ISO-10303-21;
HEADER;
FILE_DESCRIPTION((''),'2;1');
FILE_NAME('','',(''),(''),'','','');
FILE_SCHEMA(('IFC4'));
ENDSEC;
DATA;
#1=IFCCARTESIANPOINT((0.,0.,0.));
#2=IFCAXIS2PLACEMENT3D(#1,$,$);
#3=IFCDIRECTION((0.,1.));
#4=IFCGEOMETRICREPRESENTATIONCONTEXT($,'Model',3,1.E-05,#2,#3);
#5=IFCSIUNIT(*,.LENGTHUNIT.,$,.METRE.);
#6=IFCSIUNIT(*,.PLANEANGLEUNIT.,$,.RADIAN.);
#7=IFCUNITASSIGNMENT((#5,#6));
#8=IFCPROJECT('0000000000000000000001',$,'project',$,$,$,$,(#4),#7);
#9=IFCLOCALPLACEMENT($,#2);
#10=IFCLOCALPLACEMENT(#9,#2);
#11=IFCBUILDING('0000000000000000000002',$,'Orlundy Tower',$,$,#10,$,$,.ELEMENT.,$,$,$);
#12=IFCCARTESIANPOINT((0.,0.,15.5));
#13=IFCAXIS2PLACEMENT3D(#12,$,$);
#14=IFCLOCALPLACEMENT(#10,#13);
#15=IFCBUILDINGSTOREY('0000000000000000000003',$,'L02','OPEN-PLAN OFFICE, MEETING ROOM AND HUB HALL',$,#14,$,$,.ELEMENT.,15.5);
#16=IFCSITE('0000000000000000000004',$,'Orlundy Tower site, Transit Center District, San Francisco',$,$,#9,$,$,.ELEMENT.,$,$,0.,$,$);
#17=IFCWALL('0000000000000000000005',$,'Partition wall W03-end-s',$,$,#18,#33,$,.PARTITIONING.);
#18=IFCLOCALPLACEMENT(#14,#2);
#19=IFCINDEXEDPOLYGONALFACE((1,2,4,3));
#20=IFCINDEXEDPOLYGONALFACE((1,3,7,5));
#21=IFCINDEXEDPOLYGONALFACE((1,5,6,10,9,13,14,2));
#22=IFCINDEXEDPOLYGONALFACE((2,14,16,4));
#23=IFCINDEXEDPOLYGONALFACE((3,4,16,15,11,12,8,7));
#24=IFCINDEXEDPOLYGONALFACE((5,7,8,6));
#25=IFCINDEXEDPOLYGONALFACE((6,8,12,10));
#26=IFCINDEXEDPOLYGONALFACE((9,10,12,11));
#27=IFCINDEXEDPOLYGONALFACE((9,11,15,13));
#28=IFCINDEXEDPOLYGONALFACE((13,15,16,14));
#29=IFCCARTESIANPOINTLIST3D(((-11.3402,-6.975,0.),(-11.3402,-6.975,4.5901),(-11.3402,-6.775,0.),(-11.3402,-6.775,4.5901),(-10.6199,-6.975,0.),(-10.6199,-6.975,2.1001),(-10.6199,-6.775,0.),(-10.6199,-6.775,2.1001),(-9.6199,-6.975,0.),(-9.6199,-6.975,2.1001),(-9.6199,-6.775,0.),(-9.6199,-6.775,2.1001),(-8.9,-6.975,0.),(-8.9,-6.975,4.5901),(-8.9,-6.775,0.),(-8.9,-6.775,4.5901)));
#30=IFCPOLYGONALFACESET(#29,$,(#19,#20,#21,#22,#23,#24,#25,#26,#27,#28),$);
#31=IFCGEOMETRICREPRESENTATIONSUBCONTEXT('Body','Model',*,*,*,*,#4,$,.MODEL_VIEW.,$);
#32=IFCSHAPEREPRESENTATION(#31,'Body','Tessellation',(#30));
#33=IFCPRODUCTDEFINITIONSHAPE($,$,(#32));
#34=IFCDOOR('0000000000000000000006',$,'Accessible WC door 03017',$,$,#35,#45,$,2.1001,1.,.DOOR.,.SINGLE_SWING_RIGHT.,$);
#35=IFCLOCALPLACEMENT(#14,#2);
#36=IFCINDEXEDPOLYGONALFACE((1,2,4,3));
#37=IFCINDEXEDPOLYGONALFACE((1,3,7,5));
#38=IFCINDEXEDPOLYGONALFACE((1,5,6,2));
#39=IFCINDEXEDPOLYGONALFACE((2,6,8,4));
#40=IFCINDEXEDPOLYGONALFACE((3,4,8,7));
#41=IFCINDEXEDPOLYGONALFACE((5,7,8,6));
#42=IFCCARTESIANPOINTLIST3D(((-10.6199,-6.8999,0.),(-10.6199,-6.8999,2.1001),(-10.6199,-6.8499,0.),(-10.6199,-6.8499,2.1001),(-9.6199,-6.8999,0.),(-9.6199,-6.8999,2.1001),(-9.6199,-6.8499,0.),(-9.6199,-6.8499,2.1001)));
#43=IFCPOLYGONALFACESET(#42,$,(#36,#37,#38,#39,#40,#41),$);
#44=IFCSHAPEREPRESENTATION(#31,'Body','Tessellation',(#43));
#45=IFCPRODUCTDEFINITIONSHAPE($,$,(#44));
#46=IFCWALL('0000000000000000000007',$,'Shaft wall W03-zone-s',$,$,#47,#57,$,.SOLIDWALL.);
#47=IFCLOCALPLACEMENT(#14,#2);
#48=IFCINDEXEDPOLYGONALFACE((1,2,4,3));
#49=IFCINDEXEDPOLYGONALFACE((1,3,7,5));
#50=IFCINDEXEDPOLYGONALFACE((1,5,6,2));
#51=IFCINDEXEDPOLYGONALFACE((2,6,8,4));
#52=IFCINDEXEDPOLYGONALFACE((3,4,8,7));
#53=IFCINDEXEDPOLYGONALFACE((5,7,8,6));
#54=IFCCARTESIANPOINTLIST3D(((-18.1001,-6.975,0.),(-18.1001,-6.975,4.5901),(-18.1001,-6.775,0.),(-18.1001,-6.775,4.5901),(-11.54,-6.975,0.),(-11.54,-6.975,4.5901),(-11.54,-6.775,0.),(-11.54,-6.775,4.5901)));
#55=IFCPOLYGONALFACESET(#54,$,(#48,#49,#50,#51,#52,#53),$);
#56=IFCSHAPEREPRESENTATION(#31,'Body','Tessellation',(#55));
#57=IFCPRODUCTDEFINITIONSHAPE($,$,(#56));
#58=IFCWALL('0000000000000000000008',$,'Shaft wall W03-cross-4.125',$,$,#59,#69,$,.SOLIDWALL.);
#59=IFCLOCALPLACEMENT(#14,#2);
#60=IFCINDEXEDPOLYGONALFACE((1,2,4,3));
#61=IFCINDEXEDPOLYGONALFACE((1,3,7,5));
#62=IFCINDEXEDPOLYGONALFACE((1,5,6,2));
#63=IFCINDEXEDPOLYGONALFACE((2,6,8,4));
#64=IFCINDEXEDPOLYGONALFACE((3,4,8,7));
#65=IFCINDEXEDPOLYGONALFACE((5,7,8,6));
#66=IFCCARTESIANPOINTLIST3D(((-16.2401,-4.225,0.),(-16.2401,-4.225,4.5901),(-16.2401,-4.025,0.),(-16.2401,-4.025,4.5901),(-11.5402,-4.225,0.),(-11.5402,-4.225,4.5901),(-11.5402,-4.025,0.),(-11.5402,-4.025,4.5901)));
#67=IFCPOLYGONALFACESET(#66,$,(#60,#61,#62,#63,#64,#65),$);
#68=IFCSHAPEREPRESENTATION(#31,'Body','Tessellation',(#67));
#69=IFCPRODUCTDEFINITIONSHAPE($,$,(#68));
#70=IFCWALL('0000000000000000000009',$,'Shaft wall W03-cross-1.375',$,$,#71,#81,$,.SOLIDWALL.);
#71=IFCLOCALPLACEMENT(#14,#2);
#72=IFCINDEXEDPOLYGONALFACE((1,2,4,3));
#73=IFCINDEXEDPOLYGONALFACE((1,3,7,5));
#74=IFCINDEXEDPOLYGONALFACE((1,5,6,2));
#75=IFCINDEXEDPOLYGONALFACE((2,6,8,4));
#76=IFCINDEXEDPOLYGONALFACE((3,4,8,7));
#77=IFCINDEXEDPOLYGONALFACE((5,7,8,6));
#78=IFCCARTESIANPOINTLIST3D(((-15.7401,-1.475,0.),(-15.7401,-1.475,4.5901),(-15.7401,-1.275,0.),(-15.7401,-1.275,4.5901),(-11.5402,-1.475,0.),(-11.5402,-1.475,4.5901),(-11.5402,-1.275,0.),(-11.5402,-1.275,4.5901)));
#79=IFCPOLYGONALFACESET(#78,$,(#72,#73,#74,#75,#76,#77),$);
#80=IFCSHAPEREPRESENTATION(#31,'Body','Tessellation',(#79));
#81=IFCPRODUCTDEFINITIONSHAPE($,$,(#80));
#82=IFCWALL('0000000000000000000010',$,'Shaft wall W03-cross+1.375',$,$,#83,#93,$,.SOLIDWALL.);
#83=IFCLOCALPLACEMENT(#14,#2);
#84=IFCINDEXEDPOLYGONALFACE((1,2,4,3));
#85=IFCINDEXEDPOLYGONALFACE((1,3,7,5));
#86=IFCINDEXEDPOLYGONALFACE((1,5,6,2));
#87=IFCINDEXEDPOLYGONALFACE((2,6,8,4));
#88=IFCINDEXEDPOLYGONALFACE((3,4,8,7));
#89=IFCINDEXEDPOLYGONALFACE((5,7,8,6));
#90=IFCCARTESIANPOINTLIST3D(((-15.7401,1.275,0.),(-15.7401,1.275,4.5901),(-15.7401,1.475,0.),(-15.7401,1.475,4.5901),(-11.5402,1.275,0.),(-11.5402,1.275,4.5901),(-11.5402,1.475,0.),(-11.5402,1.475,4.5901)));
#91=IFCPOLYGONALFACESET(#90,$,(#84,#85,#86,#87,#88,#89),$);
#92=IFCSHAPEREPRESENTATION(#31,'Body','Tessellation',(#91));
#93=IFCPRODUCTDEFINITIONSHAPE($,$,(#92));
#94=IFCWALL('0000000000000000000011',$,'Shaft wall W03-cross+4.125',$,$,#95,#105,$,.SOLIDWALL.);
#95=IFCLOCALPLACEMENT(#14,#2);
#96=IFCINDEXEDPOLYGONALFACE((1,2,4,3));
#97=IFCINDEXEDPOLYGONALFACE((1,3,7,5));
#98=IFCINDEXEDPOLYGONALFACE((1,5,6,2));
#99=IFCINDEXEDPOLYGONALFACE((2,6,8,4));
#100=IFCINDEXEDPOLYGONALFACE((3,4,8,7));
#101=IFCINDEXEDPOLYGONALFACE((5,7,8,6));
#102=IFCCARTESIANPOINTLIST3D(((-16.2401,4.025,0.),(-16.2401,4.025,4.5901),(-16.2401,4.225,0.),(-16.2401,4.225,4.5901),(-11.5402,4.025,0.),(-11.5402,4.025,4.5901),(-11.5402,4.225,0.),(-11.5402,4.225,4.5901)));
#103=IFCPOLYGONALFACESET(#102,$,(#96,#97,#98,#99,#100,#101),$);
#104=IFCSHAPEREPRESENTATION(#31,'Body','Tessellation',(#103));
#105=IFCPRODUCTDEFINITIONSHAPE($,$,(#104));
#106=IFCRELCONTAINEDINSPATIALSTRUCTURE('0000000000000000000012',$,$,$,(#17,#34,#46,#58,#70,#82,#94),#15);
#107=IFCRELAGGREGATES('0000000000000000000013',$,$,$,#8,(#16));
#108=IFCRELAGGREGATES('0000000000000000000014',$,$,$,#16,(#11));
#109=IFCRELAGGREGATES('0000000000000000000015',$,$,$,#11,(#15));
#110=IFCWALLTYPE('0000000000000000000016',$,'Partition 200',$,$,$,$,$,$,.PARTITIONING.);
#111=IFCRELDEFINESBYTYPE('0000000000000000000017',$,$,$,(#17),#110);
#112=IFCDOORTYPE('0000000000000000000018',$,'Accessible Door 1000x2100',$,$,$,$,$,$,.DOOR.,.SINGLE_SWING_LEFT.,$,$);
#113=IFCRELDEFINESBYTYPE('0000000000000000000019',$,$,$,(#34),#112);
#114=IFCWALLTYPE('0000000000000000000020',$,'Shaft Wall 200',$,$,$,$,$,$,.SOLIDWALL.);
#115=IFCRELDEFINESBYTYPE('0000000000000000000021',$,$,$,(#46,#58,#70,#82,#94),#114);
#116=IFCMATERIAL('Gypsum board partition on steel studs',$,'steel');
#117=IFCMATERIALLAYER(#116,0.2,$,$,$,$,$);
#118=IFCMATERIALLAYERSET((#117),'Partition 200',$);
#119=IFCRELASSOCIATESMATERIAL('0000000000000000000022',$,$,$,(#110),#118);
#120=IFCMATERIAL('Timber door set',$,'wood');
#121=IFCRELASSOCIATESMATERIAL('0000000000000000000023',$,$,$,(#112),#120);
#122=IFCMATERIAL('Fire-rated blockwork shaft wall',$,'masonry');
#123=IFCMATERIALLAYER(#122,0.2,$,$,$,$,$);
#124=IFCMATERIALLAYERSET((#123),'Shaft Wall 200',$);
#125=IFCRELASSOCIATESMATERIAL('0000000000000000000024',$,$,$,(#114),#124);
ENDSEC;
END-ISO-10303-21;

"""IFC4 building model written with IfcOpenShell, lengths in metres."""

from ifc_helpers import new_model, si_unit, direction, frame, frame_2d, origin, place, context, subcontext, project, spatial, rectangle, extrude, material, layer, layer_set, type_object, element, fill, save


model = new_model("IFC4")

# Units and contexts
model_context = context("Model", 3, precision=1e-05, world=origin(), true_north=direction((0.0, 1.0)))
body_context = subcontext(model_context, "Body", "Model", "MODEL_VIEW")
ifc_project = project(units=[si_unit("LENGTHUNIT", "METRE"), si_unit("PLANEANGLEUNIT", "RADIAN")], contexts=[model_context])

# Site, building, storey
site_placement = place(None, origin())
site = spatial("IfcSite", under=ifc_project, at=site_placement, Name="Orlundy Tower site, Transit Center District, San Francisco", CompositionType="ELEMENT", RefElevation=0.0)
building_placement = place(site_placement, origin())
building = spatial("IfcBuilding", under=site, at=building_placement, Name="Orlundy Tower", CompositionType="ELEMENT")
storey_placement = place(building_placement, frame((0.0, 0.0, 15.5)))
storey = spatial("IfcBuildingStorey", under=building, at=storey_placement, Name="L02", Description="OPEN-PLAN OFFICE, MEETING ROOM AND HUB HALL", CompositionType="ELEMENT", Elevation=15.5)

# Wall, opening, door
ifc_material_1 = material(Name="Gypsum board partition on steel studs", Category="steel")
ifc_layer_1 = layer(ifc_material_1, 0.2)
ifc_layer_set_1 = layer_set([ifc_layer_1], Name="Partition 200")
wall_type_1 = type_object("IfcWallType", Name="Partition 200", PredefinedType="PARTITIONING", material=ifc_layer_set_1)
wall_1_placement = place(storey_placement, frame((-8.8999, -6.875, 0.0), z_axis=(0.0, 0.0, 1.0), x_axis=(-1.0, 0.0, 0.0)))
wall_1 = element("IfcWall", 1, at=wall_1_placement, inside=storey, type_object=wall_type_1, Name="Partition wall W03-end-s", PredefinedType="PARTITIONING", context=body_context, shape_type="SweptSolid", body=[
    extrude(rectangle(XDim=2.4402, YDim=0.2, at=frame_2d((1.2202, 0.0))), origin(), (0.0, 0.0, 1.0), 4.5901),
])
opening_1_placement = place(wall_1_placement, frame((0.72, 0.0, 0.0)))
opening_1 = element("IfcOpeningElement", 2, at=opening_1_placement, cuts=wall_1, PredefinedType="OPENING", context=body_context, shape_type="SweptSolid", body=[
    extrude(rectangle(XDim=1.0, YDim=2.1001, at=frame_2d((0.5, 1.05))), frame((0.0, 0.1101, 0.0), z_axis=(0.0, -1.0, 0.0), x_axis=(1.0, 0.0, 0.0)), (0.0, 0.0, 1.0), 0.2202),
])
ifc_material_2 = material(Name="Timber door set", Category="wood")
door_type_1 = type_object("IfcDoorType", Name="Accessible Door 1000x2100", OperationType="SINGLE_SWING_LEFT", PredefinedType="DOOR", material=ifc_material_2)
door_1_placement = place(opening_1_placement, origin())
door_1 = element("IfcDoor", 3, at=door_1_placement, inside=storey, type_object=door_type_1, Name="Accessible WC door 03017", OperationType="SINGLE_SWING_RIGHT", OverallHeight=2.1001, OverallWidth=1.0, PredefinedType="DOOR", context=body_context, shape_type="SweptSolid", body=[
    extrude(rectangle(XDim=1.0, YDim=2.1001, at=frame_2d((0.5, 1.05))), frame((0.0, 0.0249, 0.0), z_axis=(0.0, -1.0, 0.0), x_axis=(1.0, 0.0, 0.0)), (0.0, 0.0, 1.0), 0.05),
])
fill(opening_1, door_1)

# Walls
ifc_material_3 = material(Name="Fire-rated blockwork shaft wall", Category="masonry")
ifc_layer_2 = layer(ifc_material_3, 0.2)
ifc_layer_set_2 = layer_set([ifc_layer_2], Name="Shaft Wall 200")
wall_type_2 = type_object("IfcWallType", Name="Shaft Wall 200", PredefinedType="SOLIDWALL", material=ifc_layer_set_2)
wall_2_placement = place(storey_placement, frame((-11.54, -6.875, 0.0), z_axis=(0.0, 0.0, 1.0), x_axis=(-1.0, 0.0, 0.0)))
element("IfcWall", 4, at=wall_2_placement, inside=storey, type_object=wall_type_2, Name="Shaft wall W03-zone-s", PredefinedType="SOLIDWALL", context=body_context, shape_type="SweptSolid", body=[
    extrude(rectangle(XDim=6.5601, YDim=0.2, at=frame_2d((3.28, 0.0))), origin(), (0.0, 0.0, 1.0), 4.5901),
])
wall_3_placement = place(storey_placement, frame((-11.54, -4.125, 0.0), z_axis=(0.0, 0.0, 1.0), x_axis=(-1.0, 0.0, 0.0)))
element("IfcWall", 5, at=wall_3_placement, inside=storey, type_object=wall_type_2, Name="Shaft wall W03-cross-4.125", PredefinedType="SOLIDWALL", context=body_context, shape_type="SweptSolid", body=[
    extrude(rectangle(XDim=4.7, YDim=0.2, at=frame_2d((2.3501, 0.0))), origin(), (0.0, 0.0, 1.0), 4.5901),
])
for number, where, z_axis, x_axis, name in (
    (6, (-11.54, -1.375, 0.0), (0.0, 0.0, 1.0), (-1.0, 0.0, 0.0), "Shaft wall W03-cross-1.375"),
    (7, (-11.54, 1.375, 0.0), (0.0, 0.0, 1.0), (-1.0, 0.0, 0.0), "Shaft wall W03-cross+1.375"),
):
    element("IfcWall", number, at=place(storey_placement, frame(where, z_axis=z_axis, x_axis=x_axis)), inside=storey, type_object=wall_type_2, Name=name, PredefinedType="SOLIDWALL", context=body_context, shape_type="SweptSolid", body=[
        extrude(rectangle(XDim=4.2, YDim=0.2, at=frame_2d((2.1001, 0.0))), origin(), (0.0, 0.0, 1.0), 4.5901),
    ])
wall_4_placement = place(storey_placement, frame((-11.54, 4.125, 0.0), z_axis=(0.0, 0.0, 1.0), x_axis=(-1.0, 0.0, 0.0)))
element("IfcWall", 8, at=wall_4_placement, inside=storey, type_object=wall_type_2, Name="Shaft wall W03-cross+4.125", PredefinedType="SOLIDWALL", context=body_context, shape_type="SweptSolid", body=[
    extrude(rectangle(XDim=4.7, YDim=0.2, at=frame_2d((2.3501, 0.0))), origin(), (0.0, 0.0, 1.0), 4.5901),
])

save(model, "model.ifc")
